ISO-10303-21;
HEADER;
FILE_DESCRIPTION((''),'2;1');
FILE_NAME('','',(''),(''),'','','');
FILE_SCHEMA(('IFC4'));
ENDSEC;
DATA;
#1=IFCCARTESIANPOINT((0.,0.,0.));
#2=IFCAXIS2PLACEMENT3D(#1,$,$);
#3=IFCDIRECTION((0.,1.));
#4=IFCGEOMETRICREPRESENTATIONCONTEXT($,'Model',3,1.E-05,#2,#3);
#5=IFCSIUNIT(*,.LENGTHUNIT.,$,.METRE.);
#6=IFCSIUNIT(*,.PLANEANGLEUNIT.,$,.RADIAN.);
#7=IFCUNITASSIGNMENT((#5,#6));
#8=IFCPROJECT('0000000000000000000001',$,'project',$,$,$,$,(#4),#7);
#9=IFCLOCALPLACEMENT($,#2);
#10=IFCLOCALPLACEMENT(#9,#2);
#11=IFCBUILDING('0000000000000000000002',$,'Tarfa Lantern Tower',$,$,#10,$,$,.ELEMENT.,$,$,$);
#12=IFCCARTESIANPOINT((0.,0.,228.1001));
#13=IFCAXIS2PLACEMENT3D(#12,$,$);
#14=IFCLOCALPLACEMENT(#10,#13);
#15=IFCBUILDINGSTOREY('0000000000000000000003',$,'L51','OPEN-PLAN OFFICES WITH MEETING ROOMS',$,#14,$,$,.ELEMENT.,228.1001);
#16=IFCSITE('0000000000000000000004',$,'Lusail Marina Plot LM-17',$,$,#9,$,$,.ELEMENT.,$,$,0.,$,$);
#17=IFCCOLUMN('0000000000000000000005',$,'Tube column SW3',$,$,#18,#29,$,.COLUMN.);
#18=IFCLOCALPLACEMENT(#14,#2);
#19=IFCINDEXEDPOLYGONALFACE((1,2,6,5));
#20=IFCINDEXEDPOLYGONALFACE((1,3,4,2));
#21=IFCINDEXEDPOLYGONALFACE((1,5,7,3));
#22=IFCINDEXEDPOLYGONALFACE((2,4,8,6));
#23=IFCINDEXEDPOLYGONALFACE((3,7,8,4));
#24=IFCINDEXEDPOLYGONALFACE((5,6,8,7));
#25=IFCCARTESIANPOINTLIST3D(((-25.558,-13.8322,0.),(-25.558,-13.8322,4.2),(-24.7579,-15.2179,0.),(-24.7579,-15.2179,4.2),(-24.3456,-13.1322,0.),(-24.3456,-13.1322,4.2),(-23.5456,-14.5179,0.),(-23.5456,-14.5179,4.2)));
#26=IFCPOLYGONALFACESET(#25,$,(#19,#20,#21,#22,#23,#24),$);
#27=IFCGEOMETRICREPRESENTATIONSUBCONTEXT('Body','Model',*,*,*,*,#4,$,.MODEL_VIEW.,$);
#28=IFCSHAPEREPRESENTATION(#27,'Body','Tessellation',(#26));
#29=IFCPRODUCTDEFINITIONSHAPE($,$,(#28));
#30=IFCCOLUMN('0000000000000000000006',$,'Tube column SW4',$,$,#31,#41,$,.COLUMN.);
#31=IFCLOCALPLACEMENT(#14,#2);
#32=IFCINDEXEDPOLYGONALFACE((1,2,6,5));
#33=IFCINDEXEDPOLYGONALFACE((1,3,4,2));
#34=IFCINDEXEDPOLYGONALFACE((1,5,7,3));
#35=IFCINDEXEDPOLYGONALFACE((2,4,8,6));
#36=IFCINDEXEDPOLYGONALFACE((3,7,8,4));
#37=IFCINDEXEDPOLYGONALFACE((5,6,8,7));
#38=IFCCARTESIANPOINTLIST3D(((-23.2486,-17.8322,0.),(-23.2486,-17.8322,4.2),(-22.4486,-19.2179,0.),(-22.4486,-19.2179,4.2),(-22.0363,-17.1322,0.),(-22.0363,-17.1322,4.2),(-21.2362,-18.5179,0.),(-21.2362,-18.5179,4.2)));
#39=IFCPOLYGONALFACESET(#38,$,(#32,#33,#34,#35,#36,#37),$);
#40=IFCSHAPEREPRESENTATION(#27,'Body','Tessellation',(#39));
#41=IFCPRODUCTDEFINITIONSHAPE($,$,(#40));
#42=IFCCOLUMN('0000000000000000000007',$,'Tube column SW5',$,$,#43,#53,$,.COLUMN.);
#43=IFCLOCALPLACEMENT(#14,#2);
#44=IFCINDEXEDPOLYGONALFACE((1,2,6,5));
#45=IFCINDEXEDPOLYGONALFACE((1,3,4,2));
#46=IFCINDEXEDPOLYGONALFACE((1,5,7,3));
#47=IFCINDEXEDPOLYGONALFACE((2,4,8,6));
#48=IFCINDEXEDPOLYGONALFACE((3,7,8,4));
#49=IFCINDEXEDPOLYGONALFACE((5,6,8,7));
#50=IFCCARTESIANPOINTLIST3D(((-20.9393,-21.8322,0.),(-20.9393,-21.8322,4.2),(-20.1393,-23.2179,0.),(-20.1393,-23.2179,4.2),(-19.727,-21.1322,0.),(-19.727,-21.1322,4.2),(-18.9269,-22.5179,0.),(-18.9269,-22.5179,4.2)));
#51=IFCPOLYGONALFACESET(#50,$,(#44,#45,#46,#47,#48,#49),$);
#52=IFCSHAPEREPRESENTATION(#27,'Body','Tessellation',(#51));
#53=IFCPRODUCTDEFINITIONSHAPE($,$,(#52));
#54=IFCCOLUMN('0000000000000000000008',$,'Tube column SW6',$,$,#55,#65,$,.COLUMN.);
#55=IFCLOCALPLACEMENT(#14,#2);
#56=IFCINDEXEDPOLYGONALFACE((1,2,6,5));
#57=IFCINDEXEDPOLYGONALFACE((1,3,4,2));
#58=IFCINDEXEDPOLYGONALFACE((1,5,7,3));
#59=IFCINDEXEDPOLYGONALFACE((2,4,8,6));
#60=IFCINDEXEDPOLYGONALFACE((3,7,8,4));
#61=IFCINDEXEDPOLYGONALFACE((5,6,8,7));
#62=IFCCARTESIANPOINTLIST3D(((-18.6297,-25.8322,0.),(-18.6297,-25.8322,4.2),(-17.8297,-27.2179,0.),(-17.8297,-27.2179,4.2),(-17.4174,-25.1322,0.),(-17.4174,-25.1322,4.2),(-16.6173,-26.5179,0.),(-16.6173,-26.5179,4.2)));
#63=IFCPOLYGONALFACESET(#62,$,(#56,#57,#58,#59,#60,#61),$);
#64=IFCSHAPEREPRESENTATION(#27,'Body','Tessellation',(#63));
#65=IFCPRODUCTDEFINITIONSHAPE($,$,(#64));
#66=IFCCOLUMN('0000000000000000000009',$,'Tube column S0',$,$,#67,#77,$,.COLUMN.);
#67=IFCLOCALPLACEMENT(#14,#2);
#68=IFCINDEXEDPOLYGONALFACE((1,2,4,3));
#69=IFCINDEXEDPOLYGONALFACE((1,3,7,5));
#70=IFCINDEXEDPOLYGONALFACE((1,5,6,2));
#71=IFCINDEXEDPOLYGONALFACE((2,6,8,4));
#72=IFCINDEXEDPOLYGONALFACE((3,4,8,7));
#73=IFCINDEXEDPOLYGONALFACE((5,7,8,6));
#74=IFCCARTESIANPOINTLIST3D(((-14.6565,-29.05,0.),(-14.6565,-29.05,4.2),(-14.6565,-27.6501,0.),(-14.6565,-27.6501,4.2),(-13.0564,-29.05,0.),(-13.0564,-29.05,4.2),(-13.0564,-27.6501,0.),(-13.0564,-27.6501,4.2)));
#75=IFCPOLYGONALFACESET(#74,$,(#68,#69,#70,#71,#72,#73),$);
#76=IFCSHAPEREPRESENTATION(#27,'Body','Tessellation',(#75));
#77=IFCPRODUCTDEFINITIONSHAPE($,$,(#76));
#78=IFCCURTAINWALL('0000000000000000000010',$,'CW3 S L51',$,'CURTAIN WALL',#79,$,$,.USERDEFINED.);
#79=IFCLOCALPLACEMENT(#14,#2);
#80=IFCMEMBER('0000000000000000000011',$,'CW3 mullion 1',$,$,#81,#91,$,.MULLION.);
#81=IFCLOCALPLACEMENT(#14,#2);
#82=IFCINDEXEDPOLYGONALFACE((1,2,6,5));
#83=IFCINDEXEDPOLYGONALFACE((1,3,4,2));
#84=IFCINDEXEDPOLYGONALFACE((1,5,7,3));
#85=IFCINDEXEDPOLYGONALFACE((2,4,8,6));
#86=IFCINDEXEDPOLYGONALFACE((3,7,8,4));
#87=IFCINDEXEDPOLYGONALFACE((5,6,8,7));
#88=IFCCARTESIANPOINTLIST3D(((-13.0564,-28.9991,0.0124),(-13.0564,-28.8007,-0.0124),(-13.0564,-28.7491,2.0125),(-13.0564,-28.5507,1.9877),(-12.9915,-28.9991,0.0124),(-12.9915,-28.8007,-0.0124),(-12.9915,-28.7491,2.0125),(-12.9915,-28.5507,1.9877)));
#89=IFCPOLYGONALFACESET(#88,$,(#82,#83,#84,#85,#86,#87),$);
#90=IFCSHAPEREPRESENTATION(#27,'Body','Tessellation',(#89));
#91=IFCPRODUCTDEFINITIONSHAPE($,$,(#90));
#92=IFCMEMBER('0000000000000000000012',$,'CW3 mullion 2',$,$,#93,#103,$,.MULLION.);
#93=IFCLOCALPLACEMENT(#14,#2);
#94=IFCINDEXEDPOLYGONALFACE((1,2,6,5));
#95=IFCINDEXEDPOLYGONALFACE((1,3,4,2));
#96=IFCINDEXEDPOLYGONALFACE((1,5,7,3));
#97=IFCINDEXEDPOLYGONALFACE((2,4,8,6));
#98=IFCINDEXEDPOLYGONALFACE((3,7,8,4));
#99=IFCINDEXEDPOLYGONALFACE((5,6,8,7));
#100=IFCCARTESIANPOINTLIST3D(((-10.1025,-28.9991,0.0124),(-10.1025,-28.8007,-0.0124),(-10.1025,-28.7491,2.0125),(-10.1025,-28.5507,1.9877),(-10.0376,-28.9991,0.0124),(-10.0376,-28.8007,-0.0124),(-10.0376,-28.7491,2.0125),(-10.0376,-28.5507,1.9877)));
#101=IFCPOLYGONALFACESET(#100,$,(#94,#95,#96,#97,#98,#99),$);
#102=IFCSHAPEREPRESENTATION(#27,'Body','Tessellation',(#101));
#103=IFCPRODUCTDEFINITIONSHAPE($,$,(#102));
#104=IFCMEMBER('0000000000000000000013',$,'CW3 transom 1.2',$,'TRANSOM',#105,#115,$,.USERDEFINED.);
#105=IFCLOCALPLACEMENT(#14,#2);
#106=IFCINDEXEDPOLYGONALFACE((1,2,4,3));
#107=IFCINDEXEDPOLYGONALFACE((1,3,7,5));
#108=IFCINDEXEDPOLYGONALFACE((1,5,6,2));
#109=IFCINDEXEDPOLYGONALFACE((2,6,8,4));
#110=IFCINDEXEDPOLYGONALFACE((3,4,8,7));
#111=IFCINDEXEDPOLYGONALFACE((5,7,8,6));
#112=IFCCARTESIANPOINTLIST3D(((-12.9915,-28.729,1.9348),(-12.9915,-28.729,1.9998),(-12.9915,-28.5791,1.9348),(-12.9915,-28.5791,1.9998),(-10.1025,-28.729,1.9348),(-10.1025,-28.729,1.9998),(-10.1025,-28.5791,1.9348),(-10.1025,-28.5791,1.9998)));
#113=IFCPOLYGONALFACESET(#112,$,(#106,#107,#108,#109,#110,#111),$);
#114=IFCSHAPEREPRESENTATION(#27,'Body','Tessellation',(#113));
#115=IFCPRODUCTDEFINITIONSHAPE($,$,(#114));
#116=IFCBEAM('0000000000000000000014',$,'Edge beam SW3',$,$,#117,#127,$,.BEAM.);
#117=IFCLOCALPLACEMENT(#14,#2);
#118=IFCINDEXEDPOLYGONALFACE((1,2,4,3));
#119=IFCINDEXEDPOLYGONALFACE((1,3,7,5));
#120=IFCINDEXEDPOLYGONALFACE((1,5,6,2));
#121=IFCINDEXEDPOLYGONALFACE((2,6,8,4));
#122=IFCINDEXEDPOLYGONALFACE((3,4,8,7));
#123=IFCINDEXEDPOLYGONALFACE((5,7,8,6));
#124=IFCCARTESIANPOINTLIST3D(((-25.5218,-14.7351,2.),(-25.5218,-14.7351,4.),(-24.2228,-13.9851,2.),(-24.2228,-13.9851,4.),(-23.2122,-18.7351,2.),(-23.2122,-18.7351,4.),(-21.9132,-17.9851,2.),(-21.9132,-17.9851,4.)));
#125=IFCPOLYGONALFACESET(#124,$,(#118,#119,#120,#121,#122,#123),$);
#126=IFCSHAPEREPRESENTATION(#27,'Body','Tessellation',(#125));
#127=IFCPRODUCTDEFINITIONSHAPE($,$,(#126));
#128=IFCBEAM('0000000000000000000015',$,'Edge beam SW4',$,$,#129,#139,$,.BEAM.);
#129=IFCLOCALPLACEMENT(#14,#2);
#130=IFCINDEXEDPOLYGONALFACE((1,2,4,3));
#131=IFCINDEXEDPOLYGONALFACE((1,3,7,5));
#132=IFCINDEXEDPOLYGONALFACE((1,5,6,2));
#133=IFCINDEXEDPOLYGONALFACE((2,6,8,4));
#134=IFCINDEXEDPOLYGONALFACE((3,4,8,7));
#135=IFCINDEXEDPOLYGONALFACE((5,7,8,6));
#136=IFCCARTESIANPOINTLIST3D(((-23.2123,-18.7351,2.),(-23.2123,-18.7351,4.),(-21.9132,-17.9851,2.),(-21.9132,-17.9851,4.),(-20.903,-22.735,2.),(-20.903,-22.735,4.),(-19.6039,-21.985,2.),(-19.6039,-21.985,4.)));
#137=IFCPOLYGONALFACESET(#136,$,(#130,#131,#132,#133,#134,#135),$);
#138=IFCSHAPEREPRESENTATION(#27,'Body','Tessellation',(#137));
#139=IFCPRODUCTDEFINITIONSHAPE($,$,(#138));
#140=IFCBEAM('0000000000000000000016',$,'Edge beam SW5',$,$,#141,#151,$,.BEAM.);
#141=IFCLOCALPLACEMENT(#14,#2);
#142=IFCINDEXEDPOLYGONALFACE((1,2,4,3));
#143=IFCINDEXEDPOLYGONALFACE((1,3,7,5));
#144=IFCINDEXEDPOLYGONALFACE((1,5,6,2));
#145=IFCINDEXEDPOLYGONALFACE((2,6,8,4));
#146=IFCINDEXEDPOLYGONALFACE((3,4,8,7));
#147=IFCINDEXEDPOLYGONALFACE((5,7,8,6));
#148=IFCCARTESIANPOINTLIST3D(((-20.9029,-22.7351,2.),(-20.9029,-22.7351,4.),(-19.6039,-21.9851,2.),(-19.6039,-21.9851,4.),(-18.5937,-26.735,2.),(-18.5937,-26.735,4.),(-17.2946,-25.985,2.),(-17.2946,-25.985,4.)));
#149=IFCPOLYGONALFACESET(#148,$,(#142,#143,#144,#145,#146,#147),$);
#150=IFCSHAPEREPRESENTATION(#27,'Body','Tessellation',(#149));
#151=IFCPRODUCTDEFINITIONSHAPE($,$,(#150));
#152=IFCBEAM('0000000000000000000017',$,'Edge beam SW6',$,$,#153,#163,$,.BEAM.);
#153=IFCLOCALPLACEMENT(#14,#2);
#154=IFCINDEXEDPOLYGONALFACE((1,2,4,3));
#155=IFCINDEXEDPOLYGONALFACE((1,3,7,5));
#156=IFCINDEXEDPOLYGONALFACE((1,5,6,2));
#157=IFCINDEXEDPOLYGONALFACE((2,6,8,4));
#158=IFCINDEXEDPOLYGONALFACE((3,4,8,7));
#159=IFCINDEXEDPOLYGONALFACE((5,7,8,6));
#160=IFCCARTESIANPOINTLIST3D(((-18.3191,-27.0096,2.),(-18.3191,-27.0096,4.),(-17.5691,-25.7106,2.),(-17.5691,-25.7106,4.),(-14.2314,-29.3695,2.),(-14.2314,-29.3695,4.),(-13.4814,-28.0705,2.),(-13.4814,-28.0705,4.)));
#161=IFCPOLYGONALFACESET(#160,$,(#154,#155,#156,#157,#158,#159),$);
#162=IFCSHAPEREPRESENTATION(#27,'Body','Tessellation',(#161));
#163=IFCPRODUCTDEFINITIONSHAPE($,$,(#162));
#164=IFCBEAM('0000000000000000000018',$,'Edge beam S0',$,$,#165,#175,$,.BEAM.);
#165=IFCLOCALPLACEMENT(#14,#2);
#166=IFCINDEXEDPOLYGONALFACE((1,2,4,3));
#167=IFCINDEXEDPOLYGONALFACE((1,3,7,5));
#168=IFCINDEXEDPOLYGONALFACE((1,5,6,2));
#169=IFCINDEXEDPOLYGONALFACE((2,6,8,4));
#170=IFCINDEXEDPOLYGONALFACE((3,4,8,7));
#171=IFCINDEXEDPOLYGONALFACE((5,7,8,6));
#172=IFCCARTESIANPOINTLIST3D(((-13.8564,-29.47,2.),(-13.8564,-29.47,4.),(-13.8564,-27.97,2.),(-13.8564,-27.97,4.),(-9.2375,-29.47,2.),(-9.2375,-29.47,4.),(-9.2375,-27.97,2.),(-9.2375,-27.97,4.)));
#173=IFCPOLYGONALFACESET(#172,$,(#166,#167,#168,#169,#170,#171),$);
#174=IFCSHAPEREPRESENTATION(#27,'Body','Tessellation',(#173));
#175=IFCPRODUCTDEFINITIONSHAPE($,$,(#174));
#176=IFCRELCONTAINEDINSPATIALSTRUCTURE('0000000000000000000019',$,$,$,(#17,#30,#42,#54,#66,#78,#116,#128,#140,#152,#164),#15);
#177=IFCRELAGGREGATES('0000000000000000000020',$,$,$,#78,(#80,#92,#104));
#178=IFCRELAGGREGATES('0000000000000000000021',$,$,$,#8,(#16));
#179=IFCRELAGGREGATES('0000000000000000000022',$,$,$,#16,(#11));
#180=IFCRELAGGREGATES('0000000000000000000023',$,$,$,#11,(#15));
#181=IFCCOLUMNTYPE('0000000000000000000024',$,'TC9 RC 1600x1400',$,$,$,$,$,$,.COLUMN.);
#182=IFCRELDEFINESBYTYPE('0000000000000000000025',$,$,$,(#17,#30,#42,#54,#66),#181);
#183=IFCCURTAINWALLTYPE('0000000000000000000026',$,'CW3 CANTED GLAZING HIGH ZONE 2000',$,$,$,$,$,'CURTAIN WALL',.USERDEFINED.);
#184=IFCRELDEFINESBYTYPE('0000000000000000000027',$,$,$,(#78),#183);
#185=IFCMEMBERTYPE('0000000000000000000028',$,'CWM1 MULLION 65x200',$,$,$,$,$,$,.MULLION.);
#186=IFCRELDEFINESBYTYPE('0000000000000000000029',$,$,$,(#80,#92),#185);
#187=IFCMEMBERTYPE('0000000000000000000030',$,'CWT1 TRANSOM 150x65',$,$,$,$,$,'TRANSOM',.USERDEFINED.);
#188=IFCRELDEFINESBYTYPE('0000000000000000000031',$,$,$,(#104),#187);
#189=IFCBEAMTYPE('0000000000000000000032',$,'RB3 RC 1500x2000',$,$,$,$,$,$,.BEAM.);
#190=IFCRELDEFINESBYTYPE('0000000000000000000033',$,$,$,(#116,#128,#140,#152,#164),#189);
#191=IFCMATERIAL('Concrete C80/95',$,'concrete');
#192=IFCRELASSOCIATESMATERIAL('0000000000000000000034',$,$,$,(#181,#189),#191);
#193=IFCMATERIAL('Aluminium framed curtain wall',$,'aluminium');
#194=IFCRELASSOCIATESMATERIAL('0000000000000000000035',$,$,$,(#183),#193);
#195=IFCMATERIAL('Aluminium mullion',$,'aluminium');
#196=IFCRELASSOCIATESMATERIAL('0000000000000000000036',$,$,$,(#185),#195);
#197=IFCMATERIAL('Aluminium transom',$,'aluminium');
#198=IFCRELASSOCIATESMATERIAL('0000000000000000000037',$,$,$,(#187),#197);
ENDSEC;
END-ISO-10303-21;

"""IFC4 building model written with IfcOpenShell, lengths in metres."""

from ifc_helpers import new_model, si_unit, direction, frame, origin, origin_2d, place, context, subcontext, project, spatial, rectangle, extrude, material, material_profile, profile_set, type_object, element, aggregate, save


model = new_model("IFC4")

# Units and contexts
model_context = context("Model", 3, precision=1e-05, world=origin(), true_north=direction((0.0, 1.0)))
body_context = subcontext(model_context, "Body", "Model", "MODEL_VIEW")
ifc_project = project(units=[si_unit("LENGTHUNIT", "METRE"), si_unit("PLANEANGLEUNIT", "RADIAN")], contexts=[model_context])

# Site, building, storey
site_placement = place(None, origin())
site = spatial("IfcSite", under=ifc_project, at=site_placement, Name="Lusail Marina Plot LM-17", CompositionType="ELEMENT", RefElevation=0.0)
building_placement = place(site_placement, origin())
building = spatial("IfcBuilding", under=site, at=building_placement, Name="Tarfa Lantern Tower", CompositionType="ELEMENT")
storey_placement = place(building_placement, frame((0.0, 0.0, 228.1001)))
storey = spatial("IfcBuildingStorey", under=building, at=storey_placement, Name="L51", Description="OPEN-PLAN OFFICES WITH MEETING ROOMS", CompositionType="ELEMENT", Elevation=228.1001)

# Columns
ifc_material_1 = material(Name="Concrete C80/95", Category="concrete")
ifc_material_profile_1 = material_profile(ifc_material_1, rectangle(XDim=1.6001, YDim=1.3999, at=origin_2d()), Name="RC 1600x1400")
ifc_profile_set_1 = profile_set([ifc_material_profile_1], Name="Concrete C80/95")
column_type = type_object("IfcColumnType", Name="TC9 RC 1600x1400", PredefinedType="COLUMN", material=ifc_profile_set_1)
for number, where, z_axis, x_axis, name in (
    (1, (-24.5518, -14.175, 0.0), (0.0, 0.0, 1.0), (0.5, -0.866025, 0.0), "Tube column SW3"),
    (2, (-22.2424, -18.175, 0.0), (0.0, 0.0, 1.0), (0.5, -0.866025, 0.0), "Tube column SW4"),
    (3, (-19.9331, -22.175, 0.0), (0.0, 0.0, 1.0), (0.5, -0.866025, 0.0), "Tube column SW5"),
    (4, (-17.6235, -26.175, 0.0), (0.0, 0.0, 1.0), (0.5, -0.866025, 0.0), "Tube column SW6"),
    (5, (-13.8564, -28.3501, 0.0), (0.0, 0.0, 1.0), (1.0, 0.0, 0.0), "Tube column S0"),
):
    element("IfcColumn", number, at=place(storey_placement, frame(where, z_axis=z_axis, x_axis=x_axis)), inside=storey, type_object=column_type, Name=name, PredefinedType="COLUMN", context=body_context, shape_type="SweptSolid", body=[
        extrude(rectangle(XDim=1.6001, YDim=1.3999, at=origin_2d()), origin(), (0.0, 0.0, 1.0), 4.2),
    ])

# Curtain wall, members
ifc_material_2 = material(Name="Aluminium framed curtain wall", Category="aluminium")
curtain_wall_type = type_object("IfcCurtainWallType", Name="CW3 CANTED GLAZING HIGH ZONE 2000", ElementType="CURTAIN WALL", PredefinedType="USERDEFINED", material=ifc_material_2)
curtain_wall_placement = place(storey_placement, origin())
curtain_wall = element("IfcCurtainWall", 6, at=curtain_wall_placement, inside=storey, type_object=curtain_wall_type, Name="CW3 S L51", ObjectType="CURTAIN WALL", PredefinedType="USERDEFINED")
ifc_material_3 = material(Name="Aluminium mullion", Category="aluminium")
ifc_material_profile_2 = material_profile(ifc_material_3, rectangle(XDim=0.0649, YDim=0.2, at=origin_2d()), Name="AL MULLION 65x200")
ifc_profile_set_2 = profile_set([ifc_material_profile_2], Name="Aluminium mullion")
member_type_1 = type_object("IfcMemberType", Name="CWM1 MULLION 65x200", PredefinedType="MULLION", material=ifc_profile_set_2)
member_1_placement = place(storey_placement, frame((-13.0239, -28.8999, 0.0), z_axis=(0.0, 0.124035, 0.992278), x_axis=(-1.0, 0.0, 0.0)))
member_1 = element("IfcMember", 7, at=member_1_placement, type_object=member_type_1, Name="CW3 mullion 1", PredefinedType="MULLION", context=body_context, shape_type="SweptSolid", body=[
    extrude(rectangle(XDim=0.0649, YDim=0.2, at=origin_2d()), origin(), (0.0, 0.0, 1.0), 2.0156),
])
member_2_placement = place(storey_placement, frame((-10.0701, -28.8999, 0.0), z_axis=(0.0, 0.124035, 0.992278), x_axis=(-1.0, 0.0, 0.0)))
member_2 = element("IfcMember", 8, at=member_2_placement, type_object=member_type_1, Name="CW3 mullion 2", PredefinedType="MULLION", context=body_context, shape_type="SweptSolid", body=[
    extrude(rectangle(XDim=0.0649, YDim=0.2, at=origin_2d()), origin(), (0.0, 0.0, 1.0), 2.0156),
])
ifc_material_4 = material(Name="Aluminium transom", Category="aluminium")
ifc_material_profile_3 = material_profile(ifc_material_4, rectangle(XDim=0.1499, YDim=0.0649, at=origin_2d()), Name="AL TRANSOM 150x65")
ifc_profile_set_3 = profile_set([ifc_material_profile_3], Name="Aluminium transom")
member_type_2 = type_object("IfcMemberType", Name="CWT1 TRANSOM 150x65", ElementType="TRANSOM", PredefinedType="USERDEFINED", material=ifc_profile_set_3)
member_3_placement = place(storey_placement, frame((-12.9915, -28.6541, 1.9673), z_axis=(1.0, 0.0, 0.0), x_axis=(0.0, 1.0, 0.0)))
member_3 = element("IfcMember", 9, at=member_3_placement, type_object=member_type_2, Name="CW3 transom 1.2", ObjectType="TRANSOM", PredefinedType="USERDEFINED", context=body_context, shape_type="SweptSolid", body=[
    extrude(rectangle(XDim=0.1499, YDim=0.0649, at=origin_2d()), origin(), (0.0, 0.0, 1.0), 2.8889),
])

# Beams
ifc_material_profile_4 = material_profile(ifc_material_1, rectangle(XDim=1.5, YDim=2.0, at=origin_2d()), Name="RC 1500x2000")
ifc_profile_set_4 = profile_set([ifc_material_profile_4], Name="Concrete C80/95")
beam_type_1 = type_object("IfcBeamType", Name="RB3 RC 1500x2000", PredefinedType="BEAM", material=ifc_profile_set_4)
beam_1_placement = place(storey_placement, frame((-24.8723, -14.3601, 3.0), z_axis=(0.500027, -0.86601, 0.0), x_axis=(0.86601, 0.500027, 0.0)))
element("IfcBeam", 10, at=beam_1_placement, inside=storey, type_object=beam_type_1, Name="Edge beam SW3", PredefinedType="BEAM", context=body_context, shape_type="SweptSolid", body=[
    extrude(rectangle(XDim=1.5, YDim=2.0, at=origin_2d()), origin(), (0.0, 0.0, 1.0), 4.6189),
])
for number, where, z_axis, x_axis, name in (
    (11, (-22.5627, -18.3601, 3.0), (0.499988, -0.866032, 0.0), (0.866032, 0.499988, 0.0), "Edge beam SW4"),
    (12, (-20.2534, -22.3601, 3.0), (0.499988, -0.866032, 0.0), (0.866032, 0.499988, 0.0), "Edge beam SW5"),
):
    element("IfcBeam", number, at=place(storey_placement, frame(where, z_axis=z_axis, x_axis=x_axis)), inside=storey, type_object=beam_type_1, Name=name, PredefinedType="BEAM", context=body_context, shape_type="SweptSolid", body=[
        extrude(rectangle(XDim=1.5, YDim=2.0, at=origin_2d()), origin(), (0.0, 0.0, 1.0), 4.6187),
    ])
beam_2_placement = place(storey_placement, frame((-17.9441, -26.3601, 3.0), z_axis=(0.866038, -0.499978, 0.0), x_axis=(0.499978, 0.866038, 0.0)))
element("IfcBeam", 13, at=beam_2_placement, inside=storey, type_object=beam_type_1, Name="Edge beam SW6", PredefinedType="BEAM", context=body_context, shape_type="SweptSolid", body=[
    extrude(rectangle(XDim=1.5, YDim=2.0, at=origin_2d()), origin(), (0.0, 0.0, 1.0), 4.72),
])
beam_3_placement = place(storey_placement, frame((-13.8564, -28.72, 3.0), z_axis=(1.0, 0.0, 0.0), x_axis=(0.0, 1.0, 0.0)))
element("IfcBeam", 14, at=beam_3_placement, inside=storey, type_object=beam_type_1, Name="Edge beam S0", PredefinedType="BEAM", context=body_context, shape_type="SweptSolid", body=[
    extrude(rectangle(XDim=1.5, YDim=2.0, at=origin_2d()), origin(), (0.0, 0.0, 1.0), 4.6189),
])

aggregate(curtain_wall, [member_1, member_2, member_3])

save(model, "model.ifc")
